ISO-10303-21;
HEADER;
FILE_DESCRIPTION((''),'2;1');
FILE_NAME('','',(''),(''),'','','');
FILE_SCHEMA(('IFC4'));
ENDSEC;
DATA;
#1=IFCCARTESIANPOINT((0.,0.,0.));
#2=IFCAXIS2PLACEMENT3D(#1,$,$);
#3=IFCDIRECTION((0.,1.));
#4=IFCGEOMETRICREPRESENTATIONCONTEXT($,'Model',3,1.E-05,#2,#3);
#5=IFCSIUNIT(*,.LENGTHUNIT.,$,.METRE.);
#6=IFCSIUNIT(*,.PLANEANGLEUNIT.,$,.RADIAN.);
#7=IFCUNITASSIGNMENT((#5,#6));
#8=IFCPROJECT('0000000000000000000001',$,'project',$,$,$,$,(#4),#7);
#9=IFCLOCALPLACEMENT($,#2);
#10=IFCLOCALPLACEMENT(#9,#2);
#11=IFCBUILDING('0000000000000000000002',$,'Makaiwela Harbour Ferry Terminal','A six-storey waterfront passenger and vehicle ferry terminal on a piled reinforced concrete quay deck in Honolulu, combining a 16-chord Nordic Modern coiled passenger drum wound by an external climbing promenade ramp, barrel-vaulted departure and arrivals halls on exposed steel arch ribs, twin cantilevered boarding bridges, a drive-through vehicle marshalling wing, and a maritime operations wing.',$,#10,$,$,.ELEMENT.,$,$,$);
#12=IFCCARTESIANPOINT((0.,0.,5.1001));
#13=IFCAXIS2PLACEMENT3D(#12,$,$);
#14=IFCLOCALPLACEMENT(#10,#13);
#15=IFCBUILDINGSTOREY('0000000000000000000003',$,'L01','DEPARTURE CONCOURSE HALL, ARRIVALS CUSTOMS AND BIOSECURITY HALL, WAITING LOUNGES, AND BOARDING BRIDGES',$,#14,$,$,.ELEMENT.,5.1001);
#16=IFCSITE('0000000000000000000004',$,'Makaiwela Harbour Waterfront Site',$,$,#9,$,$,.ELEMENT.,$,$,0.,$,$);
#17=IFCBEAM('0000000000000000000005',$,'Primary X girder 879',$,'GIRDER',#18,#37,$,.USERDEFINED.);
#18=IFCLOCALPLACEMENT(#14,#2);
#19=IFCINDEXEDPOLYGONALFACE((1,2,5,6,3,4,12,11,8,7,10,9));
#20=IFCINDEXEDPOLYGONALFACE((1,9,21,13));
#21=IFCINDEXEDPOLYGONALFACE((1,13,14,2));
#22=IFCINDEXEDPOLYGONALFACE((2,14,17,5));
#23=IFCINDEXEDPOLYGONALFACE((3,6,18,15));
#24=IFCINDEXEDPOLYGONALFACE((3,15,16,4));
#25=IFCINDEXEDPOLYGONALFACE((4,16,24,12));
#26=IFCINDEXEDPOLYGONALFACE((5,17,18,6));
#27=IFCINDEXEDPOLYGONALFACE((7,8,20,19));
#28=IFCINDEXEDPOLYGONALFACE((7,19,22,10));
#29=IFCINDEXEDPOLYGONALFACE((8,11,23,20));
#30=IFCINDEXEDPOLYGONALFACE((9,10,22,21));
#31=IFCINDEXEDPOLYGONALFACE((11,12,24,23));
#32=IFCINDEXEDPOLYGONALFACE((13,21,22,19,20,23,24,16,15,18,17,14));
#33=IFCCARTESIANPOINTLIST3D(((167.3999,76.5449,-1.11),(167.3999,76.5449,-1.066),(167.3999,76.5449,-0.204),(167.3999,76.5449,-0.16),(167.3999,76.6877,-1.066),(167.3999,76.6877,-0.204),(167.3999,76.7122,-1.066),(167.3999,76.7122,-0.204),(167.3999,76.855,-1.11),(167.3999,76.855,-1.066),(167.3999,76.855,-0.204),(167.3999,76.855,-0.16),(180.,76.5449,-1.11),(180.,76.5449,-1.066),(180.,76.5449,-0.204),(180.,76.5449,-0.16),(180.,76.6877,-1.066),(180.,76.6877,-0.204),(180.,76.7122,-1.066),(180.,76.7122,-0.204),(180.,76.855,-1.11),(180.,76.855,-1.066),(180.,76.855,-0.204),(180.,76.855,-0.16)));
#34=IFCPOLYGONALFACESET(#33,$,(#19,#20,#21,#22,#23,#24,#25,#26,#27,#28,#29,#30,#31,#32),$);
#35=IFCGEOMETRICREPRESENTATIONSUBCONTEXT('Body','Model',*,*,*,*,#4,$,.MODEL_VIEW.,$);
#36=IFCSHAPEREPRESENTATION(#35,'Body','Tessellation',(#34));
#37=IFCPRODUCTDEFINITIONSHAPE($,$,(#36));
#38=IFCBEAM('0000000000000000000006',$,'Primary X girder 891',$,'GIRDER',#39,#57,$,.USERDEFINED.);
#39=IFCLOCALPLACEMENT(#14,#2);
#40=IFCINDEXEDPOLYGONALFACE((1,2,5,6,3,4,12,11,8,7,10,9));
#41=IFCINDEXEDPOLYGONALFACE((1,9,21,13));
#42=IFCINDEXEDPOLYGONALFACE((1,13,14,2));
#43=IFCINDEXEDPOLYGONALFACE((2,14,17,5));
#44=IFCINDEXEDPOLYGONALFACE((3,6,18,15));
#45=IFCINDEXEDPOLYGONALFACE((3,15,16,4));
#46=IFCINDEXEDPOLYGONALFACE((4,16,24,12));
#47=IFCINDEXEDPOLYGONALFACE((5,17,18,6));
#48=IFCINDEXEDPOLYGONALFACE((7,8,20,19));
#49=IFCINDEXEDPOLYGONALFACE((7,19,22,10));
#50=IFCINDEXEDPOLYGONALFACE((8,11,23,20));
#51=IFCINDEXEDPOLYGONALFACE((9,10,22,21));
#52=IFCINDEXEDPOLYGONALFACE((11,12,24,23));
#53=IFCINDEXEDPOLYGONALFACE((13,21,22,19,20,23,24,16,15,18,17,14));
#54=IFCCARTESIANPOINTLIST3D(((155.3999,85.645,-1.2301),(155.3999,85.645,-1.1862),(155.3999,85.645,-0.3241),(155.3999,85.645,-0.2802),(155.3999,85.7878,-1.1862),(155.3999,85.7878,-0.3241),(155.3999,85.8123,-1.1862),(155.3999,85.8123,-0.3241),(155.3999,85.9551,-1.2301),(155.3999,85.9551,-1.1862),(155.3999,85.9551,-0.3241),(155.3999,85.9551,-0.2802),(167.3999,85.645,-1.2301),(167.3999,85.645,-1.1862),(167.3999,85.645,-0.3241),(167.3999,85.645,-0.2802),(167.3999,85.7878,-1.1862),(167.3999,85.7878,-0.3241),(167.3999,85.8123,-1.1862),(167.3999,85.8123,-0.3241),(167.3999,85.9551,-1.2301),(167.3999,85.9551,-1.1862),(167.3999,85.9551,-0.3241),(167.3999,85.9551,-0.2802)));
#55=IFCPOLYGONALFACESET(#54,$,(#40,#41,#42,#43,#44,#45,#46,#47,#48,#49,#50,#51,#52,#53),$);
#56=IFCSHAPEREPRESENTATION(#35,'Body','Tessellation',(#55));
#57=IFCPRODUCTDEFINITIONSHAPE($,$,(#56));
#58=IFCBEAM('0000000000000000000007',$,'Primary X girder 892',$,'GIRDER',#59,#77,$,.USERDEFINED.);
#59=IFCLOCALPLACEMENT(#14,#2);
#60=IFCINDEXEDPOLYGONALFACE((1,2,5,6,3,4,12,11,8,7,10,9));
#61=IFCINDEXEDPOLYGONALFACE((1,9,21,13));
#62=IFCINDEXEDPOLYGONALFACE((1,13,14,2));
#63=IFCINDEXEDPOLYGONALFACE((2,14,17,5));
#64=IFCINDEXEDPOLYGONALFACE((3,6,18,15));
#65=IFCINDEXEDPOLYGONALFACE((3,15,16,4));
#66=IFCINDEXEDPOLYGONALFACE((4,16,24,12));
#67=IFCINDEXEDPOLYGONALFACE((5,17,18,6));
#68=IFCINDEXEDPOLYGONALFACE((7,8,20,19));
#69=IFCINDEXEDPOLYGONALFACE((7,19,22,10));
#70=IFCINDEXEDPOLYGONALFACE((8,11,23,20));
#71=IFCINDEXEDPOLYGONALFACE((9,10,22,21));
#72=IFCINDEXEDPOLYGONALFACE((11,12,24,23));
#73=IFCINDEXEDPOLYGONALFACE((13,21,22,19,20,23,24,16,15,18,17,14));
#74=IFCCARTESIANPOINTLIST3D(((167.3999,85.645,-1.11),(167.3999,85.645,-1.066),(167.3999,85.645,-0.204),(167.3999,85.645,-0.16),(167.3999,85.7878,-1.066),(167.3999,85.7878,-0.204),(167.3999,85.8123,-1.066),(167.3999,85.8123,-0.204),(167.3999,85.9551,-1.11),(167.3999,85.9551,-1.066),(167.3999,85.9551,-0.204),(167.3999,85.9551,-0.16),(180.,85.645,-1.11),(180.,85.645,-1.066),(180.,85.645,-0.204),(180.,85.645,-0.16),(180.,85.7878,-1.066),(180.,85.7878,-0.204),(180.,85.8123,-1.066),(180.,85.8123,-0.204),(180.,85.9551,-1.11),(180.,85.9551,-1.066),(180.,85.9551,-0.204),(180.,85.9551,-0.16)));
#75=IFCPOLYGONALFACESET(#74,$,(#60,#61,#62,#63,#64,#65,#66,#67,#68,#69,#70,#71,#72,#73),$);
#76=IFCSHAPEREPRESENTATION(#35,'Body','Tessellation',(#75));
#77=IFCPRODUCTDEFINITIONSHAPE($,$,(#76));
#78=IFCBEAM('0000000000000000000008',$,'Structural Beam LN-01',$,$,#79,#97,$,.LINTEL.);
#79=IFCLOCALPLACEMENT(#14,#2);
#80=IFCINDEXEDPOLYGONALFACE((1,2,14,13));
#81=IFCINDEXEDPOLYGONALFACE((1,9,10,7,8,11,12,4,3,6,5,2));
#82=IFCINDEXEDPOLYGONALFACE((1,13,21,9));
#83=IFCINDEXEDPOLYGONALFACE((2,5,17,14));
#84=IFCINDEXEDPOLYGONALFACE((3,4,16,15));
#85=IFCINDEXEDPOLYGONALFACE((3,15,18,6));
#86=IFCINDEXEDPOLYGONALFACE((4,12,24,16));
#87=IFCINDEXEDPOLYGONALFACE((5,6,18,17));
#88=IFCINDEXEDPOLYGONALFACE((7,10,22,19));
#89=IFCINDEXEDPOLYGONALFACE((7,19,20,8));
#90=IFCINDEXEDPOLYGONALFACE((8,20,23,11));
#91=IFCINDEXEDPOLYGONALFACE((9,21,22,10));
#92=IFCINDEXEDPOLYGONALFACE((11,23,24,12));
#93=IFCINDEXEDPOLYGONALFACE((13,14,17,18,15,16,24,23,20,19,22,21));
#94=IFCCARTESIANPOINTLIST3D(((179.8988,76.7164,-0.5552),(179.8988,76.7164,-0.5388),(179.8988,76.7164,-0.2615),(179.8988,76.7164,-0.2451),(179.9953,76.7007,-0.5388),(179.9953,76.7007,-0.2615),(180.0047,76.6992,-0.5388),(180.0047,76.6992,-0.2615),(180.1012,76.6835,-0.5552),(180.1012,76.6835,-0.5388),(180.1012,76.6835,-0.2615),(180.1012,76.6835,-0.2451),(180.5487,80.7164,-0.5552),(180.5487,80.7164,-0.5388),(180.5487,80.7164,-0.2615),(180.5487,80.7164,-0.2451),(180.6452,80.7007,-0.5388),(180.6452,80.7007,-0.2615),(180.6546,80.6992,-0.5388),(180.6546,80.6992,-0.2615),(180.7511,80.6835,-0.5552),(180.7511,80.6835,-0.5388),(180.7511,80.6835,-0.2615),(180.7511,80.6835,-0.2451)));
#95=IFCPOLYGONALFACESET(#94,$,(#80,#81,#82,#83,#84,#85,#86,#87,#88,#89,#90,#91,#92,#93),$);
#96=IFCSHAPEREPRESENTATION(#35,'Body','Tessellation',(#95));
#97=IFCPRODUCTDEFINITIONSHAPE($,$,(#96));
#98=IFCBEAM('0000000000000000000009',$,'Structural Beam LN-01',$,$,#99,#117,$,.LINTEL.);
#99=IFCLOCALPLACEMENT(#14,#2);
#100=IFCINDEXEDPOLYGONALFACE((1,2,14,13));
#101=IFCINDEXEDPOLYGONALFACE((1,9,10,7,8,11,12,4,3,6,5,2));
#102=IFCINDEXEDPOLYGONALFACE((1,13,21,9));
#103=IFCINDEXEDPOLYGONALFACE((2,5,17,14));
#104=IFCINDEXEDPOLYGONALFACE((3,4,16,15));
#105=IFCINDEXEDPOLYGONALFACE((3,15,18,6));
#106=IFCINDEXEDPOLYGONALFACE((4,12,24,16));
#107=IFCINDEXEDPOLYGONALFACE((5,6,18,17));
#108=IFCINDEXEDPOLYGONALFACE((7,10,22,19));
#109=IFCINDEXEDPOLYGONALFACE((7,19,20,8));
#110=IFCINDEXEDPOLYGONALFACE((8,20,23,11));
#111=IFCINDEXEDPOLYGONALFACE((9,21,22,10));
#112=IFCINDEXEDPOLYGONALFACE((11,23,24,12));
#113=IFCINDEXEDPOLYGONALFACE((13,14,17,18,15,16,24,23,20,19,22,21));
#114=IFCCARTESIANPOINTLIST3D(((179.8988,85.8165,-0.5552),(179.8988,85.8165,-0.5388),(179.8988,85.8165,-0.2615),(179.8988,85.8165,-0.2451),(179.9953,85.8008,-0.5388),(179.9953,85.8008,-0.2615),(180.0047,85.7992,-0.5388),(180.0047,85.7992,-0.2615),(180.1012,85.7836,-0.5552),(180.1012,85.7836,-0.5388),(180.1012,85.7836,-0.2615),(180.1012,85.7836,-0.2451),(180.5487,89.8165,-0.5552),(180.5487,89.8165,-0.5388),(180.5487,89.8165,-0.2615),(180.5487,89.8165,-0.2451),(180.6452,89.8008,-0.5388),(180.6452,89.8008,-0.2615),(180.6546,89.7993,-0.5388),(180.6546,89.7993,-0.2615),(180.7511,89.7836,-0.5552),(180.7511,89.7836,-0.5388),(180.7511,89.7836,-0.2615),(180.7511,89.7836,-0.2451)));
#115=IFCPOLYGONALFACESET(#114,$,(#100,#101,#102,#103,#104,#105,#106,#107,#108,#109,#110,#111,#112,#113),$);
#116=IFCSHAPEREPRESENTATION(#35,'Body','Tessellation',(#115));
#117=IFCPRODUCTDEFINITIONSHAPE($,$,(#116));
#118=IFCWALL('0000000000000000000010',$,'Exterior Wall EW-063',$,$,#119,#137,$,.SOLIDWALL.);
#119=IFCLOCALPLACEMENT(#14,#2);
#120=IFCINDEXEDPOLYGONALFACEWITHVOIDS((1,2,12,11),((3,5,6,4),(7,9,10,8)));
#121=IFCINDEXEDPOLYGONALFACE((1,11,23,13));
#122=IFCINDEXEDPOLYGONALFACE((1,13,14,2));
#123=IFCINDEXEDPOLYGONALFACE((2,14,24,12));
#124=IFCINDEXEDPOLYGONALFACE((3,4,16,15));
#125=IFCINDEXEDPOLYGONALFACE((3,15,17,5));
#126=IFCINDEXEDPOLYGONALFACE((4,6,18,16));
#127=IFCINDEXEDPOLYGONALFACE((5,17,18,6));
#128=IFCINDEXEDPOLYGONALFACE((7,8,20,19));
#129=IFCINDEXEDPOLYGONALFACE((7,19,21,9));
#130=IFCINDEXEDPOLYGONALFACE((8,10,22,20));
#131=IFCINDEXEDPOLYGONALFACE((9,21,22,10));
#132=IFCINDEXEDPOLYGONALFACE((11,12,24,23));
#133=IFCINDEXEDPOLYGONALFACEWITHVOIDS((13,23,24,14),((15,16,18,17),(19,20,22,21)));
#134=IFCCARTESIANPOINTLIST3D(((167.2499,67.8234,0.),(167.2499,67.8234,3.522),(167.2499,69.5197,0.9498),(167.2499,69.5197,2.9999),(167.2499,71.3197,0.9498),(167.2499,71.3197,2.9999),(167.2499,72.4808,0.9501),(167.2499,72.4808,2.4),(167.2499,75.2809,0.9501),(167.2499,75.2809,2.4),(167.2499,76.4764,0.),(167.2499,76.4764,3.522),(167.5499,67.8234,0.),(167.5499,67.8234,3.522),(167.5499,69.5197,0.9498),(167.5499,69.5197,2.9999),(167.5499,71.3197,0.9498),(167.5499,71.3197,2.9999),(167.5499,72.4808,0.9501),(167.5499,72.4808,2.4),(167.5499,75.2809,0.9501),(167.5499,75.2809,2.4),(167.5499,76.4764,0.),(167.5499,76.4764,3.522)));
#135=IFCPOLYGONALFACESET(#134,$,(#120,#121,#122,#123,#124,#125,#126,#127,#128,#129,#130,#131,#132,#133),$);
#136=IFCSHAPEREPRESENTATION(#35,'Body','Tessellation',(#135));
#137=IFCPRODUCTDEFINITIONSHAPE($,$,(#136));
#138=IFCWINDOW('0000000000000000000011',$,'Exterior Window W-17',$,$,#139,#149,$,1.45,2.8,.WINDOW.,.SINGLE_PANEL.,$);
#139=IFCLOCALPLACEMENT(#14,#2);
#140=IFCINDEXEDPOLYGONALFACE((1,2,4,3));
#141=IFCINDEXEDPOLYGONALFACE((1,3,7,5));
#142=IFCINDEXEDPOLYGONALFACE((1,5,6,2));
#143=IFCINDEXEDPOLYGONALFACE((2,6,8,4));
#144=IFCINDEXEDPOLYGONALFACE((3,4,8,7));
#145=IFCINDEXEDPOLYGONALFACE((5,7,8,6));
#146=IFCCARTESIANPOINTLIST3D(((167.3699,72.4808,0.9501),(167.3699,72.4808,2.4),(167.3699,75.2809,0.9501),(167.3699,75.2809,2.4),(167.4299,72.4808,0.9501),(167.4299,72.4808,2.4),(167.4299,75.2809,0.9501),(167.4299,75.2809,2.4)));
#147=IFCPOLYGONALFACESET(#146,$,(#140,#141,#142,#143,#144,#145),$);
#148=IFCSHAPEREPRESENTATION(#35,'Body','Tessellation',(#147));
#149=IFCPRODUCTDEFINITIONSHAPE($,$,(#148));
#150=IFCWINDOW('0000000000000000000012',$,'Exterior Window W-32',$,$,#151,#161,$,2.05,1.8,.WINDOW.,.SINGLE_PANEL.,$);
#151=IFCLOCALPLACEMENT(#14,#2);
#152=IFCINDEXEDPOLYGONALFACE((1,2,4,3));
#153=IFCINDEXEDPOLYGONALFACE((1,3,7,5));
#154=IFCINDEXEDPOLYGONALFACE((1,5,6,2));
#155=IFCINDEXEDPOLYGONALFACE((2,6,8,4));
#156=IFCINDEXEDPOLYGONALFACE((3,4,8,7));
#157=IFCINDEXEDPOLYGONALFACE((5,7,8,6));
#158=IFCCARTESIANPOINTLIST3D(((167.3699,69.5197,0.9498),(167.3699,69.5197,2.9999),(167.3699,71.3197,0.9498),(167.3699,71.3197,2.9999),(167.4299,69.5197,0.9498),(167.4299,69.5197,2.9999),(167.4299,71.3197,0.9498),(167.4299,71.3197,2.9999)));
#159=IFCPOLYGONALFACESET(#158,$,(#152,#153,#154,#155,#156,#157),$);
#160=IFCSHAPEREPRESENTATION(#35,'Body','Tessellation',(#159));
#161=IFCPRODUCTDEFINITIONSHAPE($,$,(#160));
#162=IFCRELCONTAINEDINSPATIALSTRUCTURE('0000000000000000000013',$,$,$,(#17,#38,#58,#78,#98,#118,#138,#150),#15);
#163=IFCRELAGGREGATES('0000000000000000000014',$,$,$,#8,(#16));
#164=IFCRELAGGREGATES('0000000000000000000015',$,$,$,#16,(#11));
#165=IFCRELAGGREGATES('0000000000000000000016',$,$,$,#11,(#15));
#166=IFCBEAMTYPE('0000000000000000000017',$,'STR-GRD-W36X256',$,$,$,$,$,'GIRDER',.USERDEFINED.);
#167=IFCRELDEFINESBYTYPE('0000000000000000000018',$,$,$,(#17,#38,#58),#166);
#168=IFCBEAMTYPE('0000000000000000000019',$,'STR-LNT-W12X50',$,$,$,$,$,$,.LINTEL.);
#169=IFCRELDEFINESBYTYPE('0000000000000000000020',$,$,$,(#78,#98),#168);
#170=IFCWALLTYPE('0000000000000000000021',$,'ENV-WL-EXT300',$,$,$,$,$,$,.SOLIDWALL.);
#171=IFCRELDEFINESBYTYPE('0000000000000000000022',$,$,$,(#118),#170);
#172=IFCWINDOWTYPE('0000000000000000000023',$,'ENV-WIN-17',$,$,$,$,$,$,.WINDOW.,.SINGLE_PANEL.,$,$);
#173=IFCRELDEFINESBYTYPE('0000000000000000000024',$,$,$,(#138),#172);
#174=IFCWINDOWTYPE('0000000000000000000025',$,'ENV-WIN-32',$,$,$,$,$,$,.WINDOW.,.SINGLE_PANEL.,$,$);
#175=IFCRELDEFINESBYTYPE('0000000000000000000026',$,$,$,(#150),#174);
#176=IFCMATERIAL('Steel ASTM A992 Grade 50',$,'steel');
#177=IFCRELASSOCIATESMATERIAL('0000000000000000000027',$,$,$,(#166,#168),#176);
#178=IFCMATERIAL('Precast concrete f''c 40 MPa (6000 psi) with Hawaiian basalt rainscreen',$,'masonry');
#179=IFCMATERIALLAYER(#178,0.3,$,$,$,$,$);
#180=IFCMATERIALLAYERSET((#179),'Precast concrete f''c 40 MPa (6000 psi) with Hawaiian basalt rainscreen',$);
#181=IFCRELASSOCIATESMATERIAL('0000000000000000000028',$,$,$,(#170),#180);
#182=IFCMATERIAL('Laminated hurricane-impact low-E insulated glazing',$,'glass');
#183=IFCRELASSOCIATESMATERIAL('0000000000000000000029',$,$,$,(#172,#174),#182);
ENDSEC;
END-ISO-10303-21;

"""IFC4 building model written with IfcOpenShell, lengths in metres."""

from ifc_helpers import new_model, si_unit, direction, frame, frame_2d, origin, origin_2d, place, context, subcontext, project, spatial, rectangle, i_section, extrude, material, layer, layer_set, material_profile, profile_set, type_object, element, fill, save


model = new_model("IFC4")

# Units and contexts
model_context = context("Model", 3, precision=1e-05, world=origin(), true_north=direction((0.0, 1.0)))
body_context = subcontext(model_context, "Body", "Model", "MODEL_VIEW")
ifc_project = project(units=[si_unit("LENGTHUNIT", "METRE"), si_unit("PLANEANGLEUNIT", "RADIAN")], contexts=[model_context])

# Site, building, storey
site_placement = place(None, origin())
site = spatial("IfcSite", under=ifc_project, at=site_placement, Name="Makaiwela Harbour Waterfront Site", CompositionType="ELEMENT", RefElevation=0.0)
building_placement = place(site_placement, origin())
building = spatial("IfcBuilding", under=site, at=building_placement, Name="Makaiwela Harbour Ferry Terminal", Description="A six-storey waterfront passenger and vehicle ferry terminal on a piled reinforced concrete quay deck in Honolulu, combining a 16-chord Nordic Modern coiled passenger drum wound by an external climbing promenade ramp, barrel-vaulted departure and arrivals halls on exposed steel arch ribs, twin cantilevered boarding bridges, a drive-through vehicle marshalling wing, and a maritime operations wing.", CompositionType="ELEMENT")
storey_placement = place(building_placement, frame((0.0, 0.0, 5.1001)))
storey = spatial("IfcBuildingStorey", under=building, at=storey_placement, Name="L01", Description="DEPARTURE CONCOURSE HALL, ARRIVALS CUSTOMS AND BIOSECURITY HALL, WAITING LOUNGES, AND BOARDING BRIDGES", CompositionType="ELEMENT", Elevation=5.1001)

# Shared definitions
ifc_material_1 = material(Name="Steel ASTM A992 Grade 50", Category="steel")

# Beams
ifc_material_profile_1 = material_profile(ifc_material_1, i_section(OverallWidth=0.3101, OverallDepth=0.95, WebThickness=0.0244, FlangeThickness=0.0439, at=origin_2d()), Name="W36X256")
ifc_profile_set_1 = profile_set([ifc_material_profile_1], Name="Steel ASTM A992 Grade 50")
beam_type_1 = type_object("IfcBeamType", Name="STR-GRD-W36X256", ElementType="GIRDER", PredefinedType="USERDEFINED", material=ifc_profile_set_1)
beam_1_placement = place(storey_placement, frame((167.3999, 76.7, -0.635), z_axis=(1.0, 0.0, 0.0), x_axis=(0.0, 1.0, 0.0)))
element("IfcBeam", 1, at=beam_1_placement, inside=storey, type_object=beam_type_1, Name="Primary X girder 879", ObjectType="GIRDER", PredefinedType="USERDEFINED", context=body_context, shape_type="SweptSolid", body=[
    extrude(i_section(OverallWidth=0.3101, OverallDepth=0.95, WebThickness=0.0244, FlangeThickness=0.0439, at=origin_2d()), origin(), (0.0, 0.0, 1.0), 12.6001),
])
beam_2_placement = place(storey_placement, frame((155.3999, 85.8, -0.7551), z_axis=(1.0, 0.0, 0.0), x_axis=(0.0, 1.0, 0.0)))
element("IfcBeam", 2, at=beam_2_placement, inside=storey, type_object=beam_type_1, Name="Primary X girder 891", ObjectType="GIRDER", PredefinedType="USERDEFINED", context=body_context, shape_type="SweptSolid", body=[
    extrude(i_section(OverallWidth=0.3101, OverallDepth=0.95, WebThickness=0.0244, FlangeThickness=0.0439, at=origin_2d()), origin(), (0.0, 0.0, 1.0), 12.0),
])
beam_3_placement = place(storey_placement, frame((167.3999, 85.8, -0.635), z_axis=(1.0, 0.0, 0.0), x_axis=(0.0, 1.0, 0.0)))
element("IfcBeam", 3, at=beam_3_placement, inside=storey, type_object=beam_type_1, Name="Primary X girder 892", ObjectType="GIRDER", PredefinedType="USERDEFINED", context=body_context, shape_type="SweptSolid", body=[
    extrude(i_section(OverallWidth=0.3101, OverallDepth=0.95, WebThickness=0.0244, FlangeThickness=0.0439, at=origin_2d()), origin(), (0.0, 0.0, 1.0), 12.6001),
])
ifc_material_profile_2 = material_profile(ifc_material_1, i_section(OverallWidth=0.2051, OverallDepth=0.3101, WebThickness=0.0095, FlangeThickness=0.0164, at=origin_2d()), Name="W12X50")
ifc_profile_set_2 = profile_set([ifc_material_profile_2], Name="Steel ASTM A992 Grade 50")
beam_type_2 = type_object("IfcBeamType", Name="STR-LNT-W12X50", PredefinedType="LINTEL", material=ifc_profile_set_2)
for number, where, z_axis, x_axis, name in (
    (4, (180.6499, 80.7, -0.4001), (-0.160373, -0.987057, 0.0), (0.987057, -0.160373, 0.0), "Structural Beam LN-01"),
    (5, (180.6499, 89.8, -0.4001), (-0.160373, -0.987057, 0.0), (0.987057, -0.160373, 0.0), "Structural Beam LN-01"),
):
    element("IfcBeam", number, at=place(storey_placement, frame(where, z_axis=z_axis, x_axis=x_axis)), inside=storey, type_object=beam_type_2, Name=name, PredefinedType="LINTEL", context=body_context, shape_type="SweptSolid", body=[
        extrude(i_section(OverallWidth=0.2051, OverallDepth=0.3101, WebThickness=0.0095, FlangeThickness=0.0164, at=origin_2d()), origin(), (0.0, 0.0, 1.0), 4.0525),
    ])

# Wall, openings, windows
ifc_material_2 = material(Name="Precast concrete f'c 40 MPa (6000 psi) with Hawaiian basalt rainscreen", Category="masonry")
ifc_layer_1 = layer(ifc_material_2, 0.3)
ifc_layer_set_1 = layer_set([ifc_layer_1], Name="Precast concrete f'c 40 MPa (6000 psi) with Hawaiian basalt rainscreen")
wall_type_1 = type_object("IfcWallType", Name="ENV-WL-EXT300", PredefinedType="SOLIDWALL", material=ifc_layer_set_1)
wall_1_placement = place(storey_placement, frame((167.3999, 76.4766, 0.0), z_axis=(0.0, 0.0, 1.0), x_axis=(0.0, -1.0, 0.0)))
wall_1 = element("IfcWall", 6, at=wall_1_placement, inside=storey, type_object=wall_type_1, Name="Exterior Wall EW-063", PredefinedType="SOLIDWALL", context=body_context, shape_type="SweptSolid", body=[
    extrude(rectangle(XDim=8.6531, YDim=0.3, at=frame_2d((4.3267, 0.0))), origin(), (0.0, 0.0, 1.0), 3.522),
])
opening_1_placement = place(wall_1_placement, frame((1.1958, 0.0, 0.95)))
opening_1 = element("IfcOpeningElement", 7, at=opening_1_placement, cuts=wall_1, PredefinedType="OPENING", context=body_context, shape_type="SweptSolid", body=[
    extrude(rectangle(XDim=2.8, YDim=1.45, at=frame_2d((1.3999, 0.7251))), frame((0.0, 0.1599, 0.0), z_axis=(0.0, -1.0, 0.0), x_axis=(1.0, 0.0, 0.0)), (0.0, 0.0, 1.0), 0.3201),
])
opening_2_placement = place(wall_1_placement, frame((5.157, 0.0, 0.95)))
opening_2 = element("IfcOpeningElement", 8, at=opening_2_placement, cuts=wall_1, PredefinedType="OPENING", context=body_context, shape_type="SweptSolid", body=[
    extrude(rectangle(XDim=1.8, YDim=2.05, at=frame_2d((0.8999, 1.0249))), frame((0.0, 0.1599, 0.0), z_axis=(0.0, -1.0, 0.0), x_axis=(1.0, 0.0, 0.0)), (0.0, 0.0, 1.0), 0.3201),
])
ifc_material_3 = material(Name="Laminated hurricane-impact low-E insulated glazing", Category="glass")
window_type_1 = type_object("IfcWindowType", Name="ENV-WIN-17", PartitioningType="SINGLE_PANEL", PredefinedType="WINDOW", material=ifc_material_3)
window_1_placement = place(opening_1_placement, origin())
window_1 = element("IfcWindow", 9, at=window_1_placement, inside=storey, type_object=window_type_1, Name="Exterior Window W-17", OverallHeight=1.45, OverallWidth=2.8, PartitioningType="SINGLE_PANEL", PredefinedType="WINDOW", context=body_context, shape_type="SweptSolid", body=[
    extrude(rectangle(XDim=2.8, YDim=1.45, at=frame_2d((1.3999, 0.7251))), frame((0.0, 0.03, 0.0), z_axis=(0.0, -1.0, 0.0), x_axis=(1.0, 0.0, 0.0)), (0.0, 0.0, 1.0), 0.0601),
])
fill(opening_1, window_1)
window_type_2 = type_object("IfcWindowType", Name="ENV-WIN-32", PartitioningType="SINGLE_PANEL", PredefinedType="WINDOW", material=ifc_material_3)
window_2_placement = place(opening_2_placement, origin())
window_2 = element("IfcWindow", 10, at=window_2_placement, inside=storey, type_object=window_type_2, Name="Exterior Window W-32", OverallHeight=2.05, OverallWidth=1.8, PartitioningType="SINGLE_PANEL", PredefinedType="WINDOW", context=body_context, shape_type="SweptSolid", body=[
    extrude(rectangle(XDim=1.8, YDim=2.05, at=frame_2d((0.8999, 1.0249))), frame((0.0, 0.03, 0.0), z_axis=(0.0, -1.0, 0.0), x_axis=(1.0, 0.0, 0.0)), (0.0, 0.0, 1.0), 0.0601),
])
fill(opening_2, window_2)

save(model, "model.ifc")
